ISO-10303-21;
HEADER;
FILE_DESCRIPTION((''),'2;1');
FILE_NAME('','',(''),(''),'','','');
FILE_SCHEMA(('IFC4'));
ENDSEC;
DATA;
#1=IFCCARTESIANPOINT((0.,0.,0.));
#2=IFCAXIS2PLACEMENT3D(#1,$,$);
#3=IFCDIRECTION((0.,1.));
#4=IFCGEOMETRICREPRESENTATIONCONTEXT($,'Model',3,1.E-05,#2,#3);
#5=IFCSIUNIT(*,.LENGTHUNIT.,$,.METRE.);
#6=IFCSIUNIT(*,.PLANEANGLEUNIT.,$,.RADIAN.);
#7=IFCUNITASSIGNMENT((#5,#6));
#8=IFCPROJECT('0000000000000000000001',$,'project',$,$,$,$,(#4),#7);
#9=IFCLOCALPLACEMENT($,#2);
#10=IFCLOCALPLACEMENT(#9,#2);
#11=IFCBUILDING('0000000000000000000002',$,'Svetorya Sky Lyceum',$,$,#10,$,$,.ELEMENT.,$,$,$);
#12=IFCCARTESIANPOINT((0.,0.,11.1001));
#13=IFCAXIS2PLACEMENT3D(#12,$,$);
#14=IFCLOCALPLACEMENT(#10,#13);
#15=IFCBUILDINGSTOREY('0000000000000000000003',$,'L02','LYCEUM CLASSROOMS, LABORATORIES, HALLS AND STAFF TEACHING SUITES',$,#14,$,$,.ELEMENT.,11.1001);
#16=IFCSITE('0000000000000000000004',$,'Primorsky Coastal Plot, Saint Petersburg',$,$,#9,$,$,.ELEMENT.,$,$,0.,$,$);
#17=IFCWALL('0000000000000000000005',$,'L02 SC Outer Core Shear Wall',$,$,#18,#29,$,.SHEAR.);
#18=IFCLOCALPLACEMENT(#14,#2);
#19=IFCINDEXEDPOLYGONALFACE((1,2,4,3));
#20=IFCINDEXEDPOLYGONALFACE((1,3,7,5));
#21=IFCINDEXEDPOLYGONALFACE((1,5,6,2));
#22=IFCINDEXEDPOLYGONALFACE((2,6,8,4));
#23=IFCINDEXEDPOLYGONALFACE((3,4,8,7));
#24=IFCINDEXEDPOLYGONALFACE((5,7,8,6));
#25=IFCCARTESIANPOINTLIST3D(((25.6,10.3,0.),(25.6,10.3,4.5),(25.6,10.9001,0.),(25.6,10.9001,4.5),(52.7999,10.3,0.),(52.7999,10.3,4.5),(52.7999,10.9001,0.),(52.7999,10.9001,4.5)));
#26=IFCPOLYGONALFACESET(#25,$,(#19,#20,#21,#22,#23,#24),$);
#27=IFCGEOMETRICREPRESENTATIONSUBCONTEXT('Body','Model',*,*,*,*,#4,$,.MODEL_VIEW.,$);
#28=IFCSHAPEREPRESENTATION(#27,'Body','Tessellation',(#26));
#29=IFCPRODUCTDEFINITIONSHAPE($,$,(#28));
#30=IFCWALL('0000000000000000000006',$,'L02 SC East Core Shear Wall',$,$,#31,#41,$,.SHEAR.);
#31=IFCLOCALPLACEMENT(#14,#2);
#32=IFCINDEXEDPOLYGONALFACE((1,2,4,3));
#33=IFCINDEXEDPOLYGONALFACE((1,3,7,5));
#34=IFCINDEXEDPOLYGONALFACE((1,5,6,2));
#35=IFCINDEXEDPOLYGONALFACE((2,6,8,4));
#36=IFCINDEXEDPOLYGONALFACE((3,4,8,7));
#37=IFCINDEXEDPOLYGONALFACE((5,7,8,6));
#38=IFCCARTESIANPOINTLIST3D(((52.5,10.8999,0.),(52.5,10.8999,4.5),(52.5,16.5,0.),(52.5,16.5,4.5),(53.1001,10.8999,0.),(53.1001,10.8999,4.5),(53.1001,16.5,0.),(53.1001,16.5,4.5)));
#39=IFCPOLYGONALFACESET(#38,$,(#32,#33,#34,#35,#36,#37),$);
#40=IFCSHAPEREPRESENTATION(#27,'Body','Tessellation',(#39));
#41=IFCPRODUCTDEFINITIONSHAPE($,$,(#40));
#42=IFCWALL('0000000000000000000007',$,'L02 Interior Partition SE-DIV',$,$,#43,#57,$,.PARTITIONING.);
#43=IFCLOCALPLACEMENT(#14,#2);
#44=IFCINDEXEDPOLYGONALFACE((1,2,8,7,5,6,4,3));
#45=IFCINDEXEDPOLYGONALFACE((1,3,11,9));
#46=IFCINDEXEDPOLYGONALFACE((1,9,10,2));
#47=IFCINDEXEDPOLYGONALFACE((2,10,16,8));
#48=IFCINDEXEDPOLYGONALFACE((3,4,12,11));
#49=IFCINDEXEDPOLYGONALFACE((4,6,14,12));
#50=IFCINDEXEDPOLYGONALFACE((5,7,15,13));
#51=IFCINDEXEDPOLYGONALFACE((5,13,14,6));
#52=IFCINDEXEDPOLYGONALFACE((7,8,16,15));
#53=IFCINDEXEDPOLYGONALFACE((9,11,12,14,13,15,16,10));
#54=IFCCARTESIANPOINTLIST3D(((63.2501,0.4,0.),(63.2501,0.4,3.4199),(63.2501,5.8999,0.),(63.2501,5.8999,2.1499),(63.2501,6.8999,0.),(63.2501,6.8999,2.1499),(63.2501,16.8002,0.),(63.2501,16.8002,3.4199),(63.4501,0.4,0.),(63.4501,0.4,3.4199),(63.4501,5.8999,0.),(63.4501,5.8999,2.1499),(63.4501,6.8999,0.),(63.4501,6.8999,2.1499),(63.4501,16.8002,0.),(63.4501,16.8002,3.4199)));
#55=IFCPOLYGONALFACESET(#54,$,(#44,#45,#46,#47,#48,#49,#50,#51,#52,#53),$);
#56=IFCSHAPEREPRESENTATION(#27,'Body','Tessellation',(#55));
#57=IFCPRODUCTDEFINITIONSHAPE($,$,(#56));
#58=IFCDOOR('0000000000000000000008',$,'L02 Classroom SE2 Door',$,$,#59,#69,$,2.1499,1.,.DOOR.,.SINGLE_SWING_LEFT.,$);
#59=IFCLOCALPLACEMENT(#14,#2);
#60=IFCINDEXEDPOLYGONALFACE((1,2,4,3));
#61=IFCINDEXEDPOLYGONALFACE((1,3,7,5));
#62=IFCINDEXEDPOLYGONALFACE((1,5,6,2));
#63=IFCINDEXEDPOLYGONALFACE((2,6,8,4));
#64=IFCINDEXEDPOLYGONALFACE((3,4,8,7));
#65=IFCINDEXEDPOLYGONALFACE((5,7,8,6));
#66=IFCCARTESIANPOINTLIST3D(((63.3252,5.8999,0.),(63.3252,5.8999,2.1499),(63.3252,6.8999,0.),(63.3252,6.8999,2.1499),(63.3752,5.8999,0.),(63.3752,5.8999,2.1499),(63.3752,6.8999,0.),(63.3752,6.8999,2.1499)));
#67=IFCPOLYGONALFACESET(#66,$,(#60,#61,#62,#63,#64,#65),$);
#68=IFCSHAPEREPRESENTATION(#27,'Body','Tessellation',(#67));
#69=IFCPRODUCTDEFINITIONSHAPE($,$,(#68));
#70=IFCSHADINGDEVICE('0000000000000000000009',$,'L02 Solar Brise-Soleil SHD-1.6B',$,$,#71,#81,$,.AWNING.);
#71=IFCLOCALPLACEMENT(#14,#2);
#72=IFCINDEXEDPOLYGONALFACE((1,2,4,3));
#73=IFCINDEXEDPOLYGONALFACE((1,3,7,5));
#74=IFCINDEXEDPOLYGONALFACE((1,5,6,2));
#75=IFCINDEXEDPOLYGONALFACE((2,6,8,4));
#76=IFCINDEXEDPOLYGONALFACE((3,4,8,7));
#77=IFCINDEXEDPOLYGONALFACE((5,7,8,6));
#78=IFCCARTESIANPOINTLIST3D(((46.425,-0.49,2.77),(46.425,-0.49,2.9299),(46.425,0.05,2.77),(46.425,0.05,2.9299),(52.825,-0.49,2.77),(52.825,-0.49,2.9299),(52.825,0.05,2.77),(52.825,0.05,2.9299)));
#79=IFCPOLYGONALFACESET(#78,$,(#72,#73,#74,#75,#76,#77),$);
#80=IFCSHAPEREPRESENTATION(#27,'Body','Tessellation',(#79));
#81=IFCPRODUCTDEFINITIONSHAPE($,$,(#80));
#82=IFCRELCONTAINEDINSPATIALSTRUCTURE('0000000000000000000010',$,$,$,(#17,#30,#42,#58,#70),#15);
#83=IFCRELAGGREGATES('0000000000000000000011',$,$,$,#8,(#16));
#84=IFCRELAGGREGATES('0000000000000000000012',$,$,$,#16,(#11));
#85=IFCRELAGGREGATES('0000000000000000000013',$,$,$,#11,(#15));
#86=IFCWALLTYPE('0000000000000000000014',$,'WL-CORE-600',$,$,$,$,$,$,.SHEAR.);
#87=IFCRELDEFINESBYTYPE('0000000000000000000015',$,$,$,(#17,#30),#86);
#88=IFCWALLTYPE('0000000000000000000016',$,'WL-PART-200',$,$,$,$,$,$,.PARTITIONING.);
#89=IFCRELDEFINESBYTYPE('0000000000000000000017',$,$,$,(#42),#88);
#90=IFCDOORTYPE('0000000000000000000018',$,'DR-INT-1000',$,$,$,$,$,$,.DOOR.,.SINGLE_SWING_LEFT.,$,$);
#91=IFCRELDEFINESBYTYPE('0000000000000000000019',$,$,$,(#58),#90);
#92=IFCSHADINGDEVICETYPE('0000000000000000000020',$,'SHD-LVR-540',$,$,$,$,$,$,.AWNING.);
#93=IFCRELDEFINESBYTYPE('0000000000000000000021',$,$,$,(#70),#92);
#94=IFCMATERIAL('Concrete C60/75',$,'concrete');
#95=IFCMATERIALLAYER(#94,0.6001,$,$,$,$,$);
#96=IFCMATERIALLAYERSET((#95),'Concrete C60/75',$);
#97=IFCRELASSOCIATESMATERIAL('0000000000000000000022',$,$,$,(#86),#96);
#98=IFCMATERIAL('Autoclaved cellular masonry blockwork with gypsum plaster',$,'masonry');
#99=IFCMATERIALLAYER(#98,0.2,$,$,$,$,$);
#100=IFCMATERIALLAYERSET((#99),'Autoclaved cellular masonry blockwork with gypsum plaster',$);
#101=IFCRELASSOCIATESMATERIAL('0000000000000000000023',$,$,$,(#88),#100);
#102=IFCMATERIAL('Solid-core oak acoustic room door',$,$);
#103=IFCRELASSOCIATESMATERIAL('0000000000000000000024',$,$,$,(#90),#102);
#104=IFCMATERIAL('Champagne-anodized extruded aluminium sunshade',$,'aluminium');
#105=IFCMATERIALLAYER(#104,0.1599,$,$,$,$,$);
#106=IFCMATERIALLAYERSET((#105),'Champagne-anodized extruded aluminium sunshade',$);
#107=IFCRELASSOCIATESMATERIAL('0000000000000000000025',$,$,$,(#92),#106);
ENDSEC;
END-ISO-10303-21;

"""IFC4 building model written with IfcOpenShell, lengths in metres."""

from ifc_helpers import new_model, si_unit, direction, frame, frame_2d, origin, origin_2d, place, context, subcontext, project, spatial, rectangle, extrude, material, layer, layer_set, type_object, element, fill, save


model = new_model("IFC4")

# Units and contexts
model_context = context("Model", 3, precision=1e-05, world=origin(), true_north=direction((0.0, 1.0)))
body_context = subcontext(model_context, "Body", "Model", "MODEL_VIEW")
ifc_project = project(units=[si_unit("LENGTHUNIT", "METRE"), si_unit("PLANEANGLEUNIT", "RADIAN")], contexts=[model_context])

# Site, building, storey
site_placement = place(None, origin())
site = spatial("IfcSite", under=ifc_project, at=site_placement, Name="Primorsky Coastal Plot, Saint Petersburg", CompositionType="ELEMENT", RefElevation=0.0)
building_placement = place(site_placement, origin())
building = spatial("IfcBuilding", under=site, at=building_placement, Name="Svetorya Sky Lyceum", CompositionType="ELEMENT")
storey_placement = place(building_placement, frame((0.0, 0.0, 11.1001)))
storey = spatial("IfcBuildingStorey", under=building, at=storey_placement, Name="L02", Description="LYCEUM CLASSROOMS, LABORATORIES, HALLS AND STAFF TEACHING SUITES", CompositionType="ELEMENT", Elevation=11.1001)

# Shared definitions
ifc_material_1 = material(Name="Concrete C60/75", Category="concrete")

# Walls
ifc_layer_1 = layer(ifc_material_1, 0.6001)
ifc_layer_set_1 = layer_set([ifc_layer_1], Name="Concrete C60/75")
wall_type_1 = type_object("IfcWallType", Name="WL-CORE-600", PredefinedType="SHEAR", material=ifc_layer_set_1)
wall_1_placement = place(storey_placement, frame((52.8, 10.6001, 0.0), z_axis=(0.0, 0.0, 1.0), x_axis=(-1.0, 0.0, 0.0)))
element("IfcWall", 1, at=wall_1_placement, inside=storey, type_object=wall_type_1, Name="L02 SC Outer Core Shear Wall", PredefinedType="SHEAR", context=body_context, shape_type="SweptSolid", body=[
    extrude(rectangle(XDim=27.2, YDim=0.6001, at=frame_2d((13.6001, 0.0))), origin(), (0.0, 0.0, 1.0), 4.5),
])
wall_2_placement = place(storey_placement, frame((52.8, 10.8999, 0.0), z_axis=(0.0, 0.0, 1.0), x_axis=(0.0, 1.0, 0.0)))
element("IfcWall", 2, at=wall_2_placement, inside=storey, type_object=wall_type_1, Name="L02 SC East Core Shear Wall", PredefinedType="SHEAR", context=body_context, shape_type="SweptSolid", body=[
    extrude(rectangle(XDim=5.6001, YDim=0.6001, at=frame_2d((2.8, 0.0))), origin(), (0.0, 0.0, 1.0), 4.5),
])

# Wall, opening, door
ifc_material_2 = material(Name="Autoclaved cellular masonry blockwork with gypsum plaster", Category="masonry")
ifc_layer_2 = layer(ifc_material_2, 0.2)
ifc_layer_set_2 = layer_set([ifc_layer_2], Name="Autoclaved cellular masonry blockwork with gypsum plaster")
wall_type_2 = type_object("IfcWallType", Name="WL-PART-200", PredefinedType="PARTITIONING", material=ifc_layer_set_2)
wall_3_placement = place(storey_placement, frame((63.3501, 0.3999, 0.0), z_axis=(0.0, 0.0, 1.0), x_axis=(0.0, 1.0, 0.0)))
wall_3 = element("IfcWall", 3, at=wall_3_placement, inside=storey, type_object=wall_type_2, Name="L02 Interior Partition SE-DIV", PredefinedType="PARTITIONING", context=body_context, shape_type="SweptSolid", body=[
    extrude(rectangle(XDim=16.4001, YDim=0.2, at=frame_2d((8.2002, 0.0))), origin(), (0.0, 0.0, 1.0), 3.4199),
])
opening_placement = place(wall_3_placement, frame((5.5, 0.0, 0.0)))
opening = element("IfcOpeningElement", 4, at=opening_placement, cuts=wall_3, PredefinedType="OPENING", context=body_context, shape_type="SweptSolid", body=[
    extrude(rectangle(XDim=1.0, YDim=2.1499, at=frame_2d((0.5, 1.075))), frame((0.0, 0.1099, 0.0), z_axis=(0.0, -1.0, 0.0), x_axis=(1.0, 0.0, 0.0)), (0.0, 0.0, 1.0), 0.22),
])
ifc_material_3 = material(Name="Solid-core oak acoustic room door")
door_type = type_object("IfcDoorType", Name="DR-INT-1000", OperationType="SINGLE_SWING_LEFT", PredefinedType="DOOR", material=ifc_material_3)
door_placement = place(opening_placement, origin())
door = element("IfcDoor", 5, at=door_placement, inside=storey, type_object=door_type, Name="L02 Classroom SE2 Door", OperationType="SINGLE_SWING_LEFT", OverallHeight=2.1499, OverallWidth=1.0, PredefinedType="DOOR", context=body_context, shape_type="SweptSolid", body=[
    extrude(rectangle(XDim=1.0, YDim=2.1499, at=frame_2d((0.5, 1.075))), frame((0.0, 0.0249, 0.0), z_axis=(0.0, -1.0, 0.0), x_axis=(1.0, 0.0, 0.0)), (0.0, 0.0, 1.0), 0.05),
])
fill(opening, door)

# Shading device
ifc_material_4 = material(Name="Champagne-anodized extruded aluminium sunshade", Category="aluminium")
ifc_layer_3 = layer(ifc_material_4, 0.1599)
ifc_layer_set_3 = layer_set([ifc_layer_3], Name="Champagne-anodized extruded aluminium sunshade")
shading_device_type = type_object("IfcShadingDeviceType", Name="SHD-LVR-540", PredefinedType="AWNING", material=ifc_layer_set_3)
shading_device_placement = place(storey_placement, frame((49.625, -0.22, 2.77), z_axis=(0.0, 0.0, 1.0), x_axis=(1.0, 0.0, 0.0)))
element("IfcShadingDevice", 6, at=shading_device_placement, inside=storey, type_object=shading_device_type, Name="L02 Solar Brise-Soleil SHD-1.6B", PredefinedType="AWNING", context=body_context, shape_type="SweptSolid", body=[
    extrude(rectangle(XDim=6.3999, YDim=0.54, at=origin_2d()), origin(), (0.0, 0.0, 1.0), 0.1599),
])

save(model, "model.ifc")
